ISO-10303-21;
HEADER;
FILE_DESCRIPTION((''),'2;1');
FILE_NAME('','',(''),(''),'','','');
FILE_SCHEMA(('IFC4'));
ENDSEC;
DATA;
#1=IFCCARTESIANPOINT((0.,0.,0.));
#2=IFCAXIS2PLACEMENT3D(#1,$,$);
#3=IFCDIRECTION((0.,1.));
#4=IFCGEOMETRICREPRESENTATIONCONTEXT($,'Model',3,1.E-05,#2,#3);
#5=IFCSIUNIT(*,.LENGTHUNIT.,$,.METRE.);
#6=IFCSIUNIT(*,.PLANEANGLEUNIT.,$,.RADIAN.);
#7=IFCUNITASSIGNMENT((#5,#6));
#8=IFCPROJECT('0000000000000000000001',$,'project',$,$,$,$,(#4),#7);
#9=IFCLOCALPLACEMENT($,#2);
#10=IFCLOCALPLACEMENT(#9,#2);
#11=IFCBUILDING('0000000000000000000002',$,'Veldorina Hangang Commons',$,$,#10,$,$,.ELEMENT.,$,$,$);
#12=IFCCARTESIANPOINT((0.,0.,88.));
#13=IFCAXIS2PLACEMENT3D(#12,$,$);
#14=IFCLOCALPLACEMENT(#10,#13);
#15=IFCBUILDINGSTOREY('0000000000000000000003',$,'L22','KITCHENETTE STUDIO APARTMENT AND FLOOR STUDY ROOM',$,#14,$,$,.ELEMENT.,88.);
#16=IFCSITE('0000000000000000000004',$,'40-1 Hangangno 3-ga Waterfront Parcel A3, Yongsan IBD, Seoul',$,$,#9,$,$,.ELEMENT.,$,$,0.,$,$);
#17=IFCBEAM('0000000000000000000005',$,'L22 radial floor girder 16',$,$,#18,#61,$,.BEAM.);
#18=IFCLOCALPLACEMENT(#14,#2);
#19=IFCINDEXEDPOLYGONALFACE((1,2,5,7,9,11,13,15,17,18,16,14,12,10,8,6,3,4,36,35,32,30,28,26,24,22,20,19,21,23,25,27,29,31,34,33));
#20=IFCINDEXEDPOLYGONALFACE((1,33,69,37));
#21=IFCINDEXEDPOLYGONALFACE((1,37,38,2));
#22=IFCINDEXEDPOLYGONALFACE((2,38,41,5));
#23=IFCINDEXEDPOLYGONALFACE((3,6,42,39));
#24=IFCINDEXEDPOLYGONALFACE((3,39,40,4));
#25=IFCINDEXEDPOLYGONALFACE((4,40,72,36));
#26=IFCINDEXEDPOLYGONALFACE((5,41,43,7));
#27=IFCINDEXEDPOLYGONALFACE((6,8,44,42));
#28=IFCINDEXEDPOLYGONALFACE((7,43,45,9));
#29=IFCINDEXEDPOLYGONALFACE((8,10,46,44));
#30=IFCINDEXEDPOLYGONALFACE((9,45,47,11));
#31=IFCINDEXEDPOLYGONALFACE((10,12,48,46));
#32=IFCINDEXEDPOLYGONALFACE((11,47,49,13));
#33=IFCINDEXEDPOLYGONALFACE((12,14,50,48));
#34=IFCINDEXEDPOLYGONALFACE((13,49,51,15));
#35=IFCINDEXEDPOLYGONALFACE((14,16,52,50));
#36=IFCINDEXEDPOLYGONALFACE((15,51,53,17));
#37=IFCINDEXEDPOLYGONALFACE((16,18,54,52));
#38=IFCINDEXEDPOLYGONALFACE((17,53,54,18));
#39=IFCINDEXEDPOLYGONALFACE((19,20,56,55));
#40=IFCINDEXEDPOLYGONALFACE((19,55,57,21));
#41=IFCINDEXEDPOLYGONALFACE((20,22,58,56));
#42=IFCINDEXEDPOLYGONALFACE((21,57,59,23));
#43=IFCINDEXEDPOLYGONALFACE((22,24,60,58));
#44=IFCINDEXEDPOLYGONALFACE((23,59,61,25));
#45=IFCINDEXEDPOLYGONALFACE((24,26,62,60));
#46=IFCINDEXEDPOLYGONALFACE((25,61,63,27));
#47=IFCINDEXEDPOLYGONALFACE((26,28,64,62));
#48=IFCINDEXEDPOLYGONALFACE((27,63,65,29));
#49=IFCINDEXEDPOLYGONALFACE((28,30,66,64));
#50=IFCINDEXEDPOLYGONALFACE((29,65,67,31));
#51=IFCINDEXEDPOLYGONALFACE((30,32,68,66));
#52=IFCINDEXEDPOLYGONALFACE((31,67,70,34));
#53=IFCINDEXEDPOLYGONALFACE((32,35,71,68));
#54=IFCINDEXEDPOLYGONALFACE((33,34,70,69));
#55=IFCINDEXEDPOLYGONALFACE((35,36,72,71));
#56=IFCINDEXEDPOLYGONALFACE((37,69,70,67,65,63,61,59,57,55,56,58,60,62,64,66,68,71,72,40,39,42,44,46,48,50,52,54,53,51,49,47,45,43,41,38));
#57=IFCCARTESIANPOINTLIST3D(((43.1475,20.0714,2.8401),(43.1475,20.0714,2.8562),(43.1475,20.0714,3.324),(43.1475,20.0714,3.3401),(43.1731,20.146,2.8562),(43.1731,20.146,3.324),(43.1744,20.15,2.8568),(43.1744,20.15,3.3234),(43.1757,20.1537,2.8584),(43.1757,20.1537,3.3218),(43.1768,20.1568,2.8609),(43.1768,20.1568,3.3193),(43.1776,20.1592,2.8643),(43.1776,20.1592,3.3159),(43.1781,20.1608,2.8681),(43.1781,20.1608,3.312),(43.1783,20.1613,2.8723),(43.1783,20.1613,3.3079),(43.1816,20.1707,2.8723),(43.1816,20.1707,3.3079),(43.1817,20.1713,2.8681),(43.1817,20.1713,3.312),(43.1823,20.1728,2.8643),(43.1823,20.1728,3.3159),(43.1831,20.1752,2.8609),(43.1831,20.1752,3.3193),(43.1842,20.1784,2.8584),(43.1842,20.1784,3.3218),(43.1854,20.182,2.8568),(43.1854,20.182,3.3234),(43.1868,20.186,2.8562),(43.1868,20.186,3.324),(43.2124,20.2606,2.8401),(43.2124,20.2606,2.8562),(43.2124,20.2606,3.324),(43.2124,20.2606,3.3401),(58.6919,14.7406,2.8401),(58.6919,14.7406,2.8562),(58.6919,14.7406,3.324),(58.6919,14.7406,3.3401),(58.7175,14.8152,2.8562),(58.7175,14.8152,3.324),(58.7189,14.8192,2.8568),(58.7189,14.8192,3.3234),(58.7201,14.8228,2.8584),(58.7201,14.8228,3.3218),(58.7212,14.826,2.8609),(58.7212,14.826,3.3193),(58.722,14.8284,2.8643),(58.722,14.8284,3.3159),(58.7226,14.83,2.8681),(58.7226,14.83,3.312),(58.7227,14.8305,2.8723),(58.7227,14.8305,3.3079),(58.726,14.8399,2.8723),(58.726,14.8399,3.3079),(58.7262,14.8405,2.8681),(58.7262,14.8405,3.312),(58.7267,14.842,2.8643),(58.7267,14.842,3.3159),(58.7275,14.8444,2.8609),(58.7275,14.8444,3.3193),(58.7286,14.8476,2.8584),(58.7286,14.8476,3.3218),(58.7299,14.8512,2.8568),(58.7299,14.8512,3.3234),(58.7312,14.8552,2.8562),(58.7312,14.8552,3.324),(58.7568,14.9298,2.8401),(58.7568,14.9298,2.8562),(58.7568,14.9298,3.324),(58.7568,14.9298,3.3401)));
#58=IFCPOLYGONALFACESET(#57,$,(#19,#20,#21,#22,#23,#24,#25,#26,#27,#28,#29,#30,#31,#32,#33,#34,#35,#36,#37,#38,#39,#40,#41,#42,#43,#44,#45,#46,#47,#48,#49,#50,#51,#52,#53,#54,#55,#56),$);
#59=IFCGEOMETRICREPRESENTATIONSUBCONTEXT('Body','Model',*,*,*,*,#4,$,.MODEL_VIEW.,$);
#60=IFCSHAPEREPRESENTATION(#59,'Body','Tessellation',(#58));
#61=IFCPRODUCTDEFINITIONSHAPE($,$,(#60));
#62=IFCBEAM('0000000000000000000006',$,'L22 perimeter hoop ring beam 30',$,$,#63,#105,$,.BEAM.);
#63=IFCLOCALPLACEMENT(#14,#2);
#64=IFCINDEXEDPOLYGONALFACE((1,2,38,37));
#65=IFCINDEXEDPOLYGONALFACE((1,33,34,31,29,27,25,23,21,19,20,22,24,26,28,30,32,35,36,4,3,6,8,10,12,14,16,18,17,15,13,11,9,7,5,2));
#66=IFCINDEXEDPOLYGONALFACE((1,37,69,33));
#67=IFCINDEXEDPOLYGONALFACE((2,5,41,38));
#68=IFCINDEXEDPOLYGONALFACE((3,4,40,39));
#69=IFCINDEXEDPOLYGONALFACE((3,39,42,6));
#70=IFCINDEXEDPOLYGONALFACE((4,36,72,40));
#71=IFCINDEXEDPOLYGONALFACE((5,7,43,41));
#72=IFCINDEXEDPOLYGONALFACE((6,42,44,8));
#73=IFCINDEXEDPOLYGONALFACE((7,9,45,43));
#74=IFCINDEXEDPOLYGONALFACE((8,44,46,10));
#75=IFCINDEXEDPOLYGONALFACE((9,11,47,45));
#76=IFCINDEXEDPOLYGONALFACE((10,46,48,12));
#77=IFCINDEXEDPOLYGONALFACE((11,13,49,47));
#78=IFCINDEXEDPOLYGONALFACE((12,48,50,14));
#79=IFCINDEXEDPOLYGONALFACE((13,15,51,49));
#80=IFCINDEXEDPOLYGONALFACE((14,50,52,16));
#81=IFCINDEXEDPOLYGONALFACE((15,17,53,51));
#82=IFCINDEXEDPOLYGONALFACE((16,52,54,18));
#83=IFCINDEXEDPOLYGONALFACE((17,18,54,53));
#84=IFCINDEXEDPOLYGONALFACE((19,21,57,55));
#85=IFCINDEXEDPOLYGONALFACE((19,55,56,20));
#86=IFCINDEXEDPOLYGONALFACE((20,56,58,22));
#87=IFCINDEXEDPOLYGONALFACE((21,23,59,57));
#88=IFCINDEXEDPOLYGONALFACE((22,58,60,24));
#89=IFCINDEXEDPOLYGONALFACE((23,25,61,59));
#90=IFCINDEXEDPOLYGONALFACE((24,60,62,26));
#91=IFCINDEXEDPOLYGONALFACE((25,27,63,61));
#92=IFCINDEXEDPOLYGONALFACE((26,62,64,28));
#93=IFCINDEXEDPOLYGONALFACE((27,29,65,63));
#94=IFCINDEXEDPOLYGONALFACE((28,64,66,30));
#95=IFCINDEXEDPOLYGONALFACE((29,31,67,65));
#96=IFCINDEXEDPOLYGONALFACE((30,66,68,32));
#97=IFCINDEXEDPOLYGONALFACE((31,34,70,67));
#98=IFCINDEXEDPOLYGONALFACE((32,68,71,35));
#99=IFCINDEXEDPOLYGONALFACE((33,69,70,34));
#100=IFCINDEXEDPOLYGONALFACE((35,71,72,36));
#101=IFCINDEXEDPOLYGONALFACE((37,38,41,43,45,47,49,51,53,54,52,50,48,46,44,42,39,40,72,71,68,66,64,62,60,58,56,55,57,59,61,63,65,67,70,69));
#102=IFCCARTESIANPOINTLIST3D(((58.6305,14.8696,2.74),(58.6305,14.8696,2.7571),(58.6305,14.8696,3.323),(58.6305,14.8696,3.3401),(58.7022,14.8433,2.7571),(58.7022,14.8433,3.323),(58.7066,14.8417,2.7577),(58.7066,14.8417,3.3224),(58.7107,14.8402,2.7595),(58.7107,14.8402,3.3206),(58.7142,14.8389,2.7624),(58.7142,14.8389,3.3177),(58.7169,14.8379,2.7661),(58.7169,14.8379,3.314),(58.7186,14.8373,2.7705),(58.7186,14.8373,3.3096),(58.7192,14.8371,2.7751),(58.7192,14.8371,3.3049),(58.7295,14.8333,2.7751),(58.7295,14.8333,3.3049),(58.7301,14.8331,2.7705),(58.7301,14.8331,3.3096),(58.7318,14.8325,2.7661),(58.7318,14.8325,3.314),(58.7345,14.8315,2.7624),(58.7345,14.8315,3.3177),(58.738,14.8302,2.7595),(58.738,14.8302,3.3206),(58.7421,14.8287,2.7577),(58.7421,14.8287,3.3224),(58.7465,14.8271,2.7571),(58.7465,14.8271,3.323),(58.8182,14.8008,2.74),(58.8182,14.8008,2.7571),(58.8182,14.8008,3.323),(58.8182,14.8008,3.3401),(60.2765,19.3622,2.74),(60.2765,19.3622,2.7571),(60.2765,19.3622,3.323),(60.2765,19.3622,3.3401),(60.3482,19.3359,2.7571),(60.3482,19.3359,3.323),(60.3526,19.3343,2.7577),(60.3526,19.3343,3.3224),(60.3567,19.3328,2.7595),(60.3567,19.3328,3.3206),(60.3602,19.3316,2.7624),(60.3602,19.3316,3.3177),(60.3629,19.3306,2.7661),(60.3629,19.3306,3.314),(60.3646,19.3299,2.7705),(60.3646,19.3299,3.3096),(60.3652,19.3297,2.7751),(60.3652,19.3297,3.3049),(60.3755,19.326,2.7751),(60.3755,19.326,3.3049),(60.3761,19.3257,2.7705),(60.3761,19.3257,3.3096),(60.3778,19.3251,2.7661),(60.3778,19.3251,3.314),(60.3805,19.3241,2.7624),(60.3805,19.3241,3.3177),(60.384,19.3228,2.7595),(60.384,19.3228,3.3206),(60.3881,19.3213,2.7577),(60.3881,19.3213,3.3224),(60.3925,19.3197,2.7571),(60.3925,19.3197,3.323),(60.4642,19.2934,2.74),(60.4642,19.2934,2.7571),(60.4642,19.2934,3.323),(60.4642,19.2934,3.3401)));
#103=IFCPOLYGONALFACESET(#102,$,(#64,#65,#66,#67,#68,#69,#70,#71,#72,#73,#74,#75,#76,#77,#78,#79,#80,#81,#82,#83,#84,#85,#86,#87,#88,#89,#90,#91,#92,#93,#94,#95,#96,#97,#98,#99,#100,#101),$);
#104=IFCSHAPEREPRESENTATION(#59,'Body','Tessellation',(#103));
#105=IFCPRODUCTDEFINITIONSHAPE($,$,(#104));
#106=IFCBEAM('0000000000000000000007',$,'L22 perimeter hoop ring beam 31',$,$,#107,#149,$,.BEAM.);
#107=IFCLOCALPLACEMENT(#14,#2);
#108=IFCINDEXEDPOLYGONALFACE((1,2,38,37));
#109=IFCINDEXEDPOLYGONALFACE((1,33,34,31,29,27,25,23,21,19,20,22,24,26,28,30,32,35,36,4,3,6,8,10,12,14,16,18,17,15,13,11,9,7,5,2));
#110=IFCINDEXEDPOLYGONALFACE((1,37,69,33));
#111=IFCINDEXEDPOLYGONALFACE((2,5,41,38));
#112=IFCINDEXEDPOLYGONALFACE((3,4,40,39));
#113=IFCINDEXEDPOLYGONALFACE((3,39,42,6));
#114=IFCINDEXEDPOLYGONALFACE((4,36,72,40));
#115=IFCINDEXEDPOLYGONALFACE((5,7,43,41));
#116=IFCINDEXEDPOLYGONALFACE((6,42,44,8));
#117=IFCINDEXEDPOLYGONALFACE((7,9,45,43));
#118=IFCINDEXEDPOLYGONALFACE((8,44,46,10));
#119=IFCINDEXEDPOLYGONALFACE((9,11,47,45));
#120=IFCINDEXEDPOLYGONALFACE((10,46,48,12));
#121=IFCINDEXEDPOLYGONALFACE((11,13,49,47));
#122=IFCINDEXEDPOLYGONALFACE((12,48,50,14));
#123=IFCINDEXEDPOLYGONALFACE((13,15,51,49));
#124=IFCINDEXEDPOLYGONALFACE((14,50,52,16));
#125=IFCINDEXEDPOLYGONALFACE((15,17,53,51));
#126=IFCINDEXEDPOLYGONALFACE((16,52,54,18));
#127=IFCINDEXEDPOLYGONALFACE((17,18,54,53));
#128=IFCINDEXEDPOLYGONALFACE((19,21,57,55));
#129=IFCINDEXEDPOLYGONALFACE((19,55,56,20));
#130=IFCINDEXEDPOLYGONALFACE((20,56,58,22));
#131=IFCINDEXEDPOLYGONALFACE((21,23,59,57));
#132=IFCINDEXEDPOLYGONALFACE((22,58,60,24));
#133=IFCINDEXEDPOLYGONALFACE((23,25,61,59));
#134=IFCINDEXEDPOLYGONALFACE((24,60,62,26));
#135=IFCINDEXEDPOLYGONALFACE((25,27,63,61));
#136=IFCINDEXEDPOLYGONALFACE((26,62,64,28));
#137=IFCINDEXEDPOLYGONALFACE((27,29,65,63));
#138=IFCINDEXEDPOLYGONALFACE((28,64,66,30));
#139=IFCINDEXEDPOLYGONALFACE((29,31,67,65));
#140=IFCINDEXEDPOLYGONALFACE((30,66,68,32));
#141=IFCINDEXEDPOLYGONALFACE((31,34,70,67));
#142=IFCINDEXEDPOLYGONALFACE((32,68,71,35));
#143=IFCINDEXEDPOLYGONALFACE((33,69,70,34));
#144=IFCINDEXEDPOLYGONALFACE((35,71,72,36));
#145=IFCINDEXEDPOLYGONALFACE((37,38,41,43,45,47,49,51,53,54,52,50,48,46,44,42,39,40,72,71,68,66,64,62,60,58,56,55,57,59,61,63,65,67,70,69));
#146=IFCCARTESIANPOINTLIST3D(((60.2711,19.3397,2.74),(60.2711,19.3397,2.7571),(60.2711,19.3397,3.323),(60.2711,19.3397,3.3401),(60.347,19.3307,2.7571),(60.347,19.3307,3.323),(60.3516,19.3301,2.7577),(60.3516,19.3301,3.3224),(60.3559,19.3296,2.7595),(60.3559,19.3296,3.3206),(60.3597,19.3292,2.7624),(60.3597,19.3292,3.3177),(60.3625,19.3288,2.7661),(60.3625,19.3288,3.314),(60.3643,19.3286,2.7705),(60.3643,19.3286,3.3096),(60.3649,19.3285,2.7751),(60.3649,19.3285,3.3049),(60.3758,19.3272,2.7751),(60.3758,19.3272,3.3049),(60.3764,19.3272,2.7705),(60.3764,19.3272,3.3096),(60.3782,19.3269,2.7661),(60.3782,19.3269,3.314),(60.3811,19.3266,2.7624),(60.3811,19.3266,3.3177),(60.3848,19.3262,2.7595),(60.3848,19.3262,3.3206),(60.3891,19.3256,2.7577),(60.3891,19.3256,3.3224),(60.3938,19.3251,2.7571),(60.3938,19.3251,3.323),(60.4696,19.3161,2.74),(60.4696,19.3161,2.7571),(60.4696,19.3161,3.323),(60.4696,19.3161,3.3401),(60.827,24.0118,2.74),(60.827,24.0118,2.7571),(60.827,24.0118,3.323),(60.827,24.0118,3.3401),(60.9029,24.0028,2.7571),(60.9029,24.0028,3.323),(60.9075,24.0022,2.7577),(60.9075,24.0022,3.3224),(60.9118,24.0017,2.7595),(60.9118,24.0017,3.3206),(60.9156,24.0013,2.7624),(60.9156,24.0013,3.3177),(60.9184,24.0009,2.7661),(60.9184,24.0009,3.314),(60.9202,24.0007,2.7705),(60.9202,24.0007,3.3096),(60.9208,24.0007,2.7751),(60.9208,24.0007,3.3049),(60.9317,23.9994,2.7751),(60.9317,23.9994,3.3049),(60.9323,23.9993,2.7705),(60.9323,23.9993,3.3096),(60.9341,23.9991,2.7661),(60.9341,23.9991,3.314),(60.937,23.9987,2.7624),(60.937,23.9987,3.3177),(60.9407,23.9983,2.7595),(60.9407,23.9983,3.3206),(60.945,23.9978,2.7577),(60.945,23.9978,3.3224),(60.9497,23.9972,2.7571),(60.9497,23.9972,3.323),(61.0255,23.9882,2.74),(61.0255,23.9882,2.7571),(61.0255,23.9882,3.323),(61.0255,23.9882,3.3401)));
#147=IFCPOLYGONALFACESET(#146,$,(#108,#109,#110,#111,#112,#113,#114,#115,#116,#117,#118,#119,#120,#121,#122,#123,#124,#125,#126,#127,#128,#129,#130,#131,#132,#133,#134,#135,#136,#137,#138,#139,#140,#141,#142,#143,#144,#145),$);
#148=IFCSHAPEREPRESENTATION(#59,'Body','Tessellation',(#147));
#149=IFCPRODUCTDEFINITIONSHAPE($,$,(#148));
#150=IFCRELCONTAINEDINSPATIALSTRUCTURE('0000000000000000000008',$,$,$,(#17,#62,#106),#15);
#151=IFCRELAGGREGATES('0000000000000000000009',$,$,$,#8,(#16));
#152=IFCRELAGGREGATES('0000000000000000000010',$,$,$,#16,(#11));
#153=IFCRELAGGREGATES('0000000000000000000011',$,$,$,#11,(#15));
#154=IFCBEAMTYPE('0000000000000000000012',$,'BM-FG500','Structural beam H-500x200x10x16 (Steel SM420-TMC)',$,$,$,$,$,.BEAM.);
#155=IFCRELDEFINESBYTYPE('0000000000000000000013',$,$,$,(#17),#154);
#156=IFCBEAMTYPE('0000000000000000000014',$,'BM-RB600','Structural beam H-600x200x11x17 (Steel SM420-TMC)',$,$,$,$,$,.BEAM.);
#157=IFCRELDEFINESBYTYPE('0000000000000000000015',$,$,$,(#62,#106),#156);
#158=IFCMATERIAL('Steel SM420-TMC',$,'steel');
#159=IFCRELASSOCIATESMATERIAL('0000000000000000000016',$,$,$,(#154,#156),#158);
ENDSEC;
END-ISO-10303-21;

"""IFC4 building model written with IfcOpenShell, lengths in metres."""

from ifc_helpers import new_model, si_unit, direction, frame, origin, origin_2d, place, context, subcontext, project, spatial, i_section, extrude, material, material_profile, profile_set, type_object, element, save


model = new_model("IFC4")

# Units and contexts
model_context = context("Model", 3, precision=1e-05, world=origin(), true_north=direction((0.0, 1.0)))
body_context = subcontext(model_context, "Body", "Model", "MODEL_VIEW")
ifc_project = project(units=[si_unit("LENGTHUNIT", "METRE"), si_unit("PLANEANGLEUNIT", "RADIAN")], contexts=[model_context])

# Site, building, storey
site_placement = place(None, origin())
site = spatial("IfcSite", under=ifc_project, at=site_placement, Name="40-1 Hangangno 3-ga Waterfront Parcel A3, Yongsan IBD, Seoul", CompositionType="ELEMENT", RefElevation=0.0)
building_placement = place(site_placement, origin())
building = spatial("IfcBuilding", under=site, at=building_placement, Name="Veldorina Hangang Commons", CompositionType="ELEMENT")
storey_placement = place(building_placement, frame((0.0, 0.0, 88.0)))
storey = spatial("IfcBuildingStorey", under=building, at=storey_placement, Name="L22", Description="KITCHENETTE STUDIO APARTMENT AND FLOOR STUDY ROOM", CompositionType="ELEMENT", Elevation=88.0)

# Beams
ifc_material_1 = material(Name="Steel SM420-TMC", Category="steel")
ifc_material_profile_1 = material_profile(ifc_material_1, i_section(OverallWidth=0.2, OverallDepth=0.5, WebThickness=0.01, FlangeThickness=0.0161, FilletRadius=0.0161, at=origin_2d()), Name="H-500x200x10x16")
ifc_profile_set_1 = profile_set([ifc_material_profile_1], Name="Steel SM420-TMC")
beam_type_1 = type_object("IfcBeamType", Name="BM-FG500", Description="Structural beam H-500x200x10x16 (Steel SM420-TMC)", PredefinedType="BEAM", material=ifc_profile_set_1)
beam_1_placement = place(storey_placement, frame((43.1799, 20.166, 3.0901), z_axis=(0.945922, -0.324395, 0.0), x_axis=(0.324395, 0.945922, 0.0)))
element("IfcBeam", 1, at=beam_1_placement, inside=storey, type_object=beam_type_1, Name="L22 radial floor girder 16", PredefinedType="BEAM", context=body_context, shape_type="SweptSolid", body=[
    extrude(i_section(OverallWidth=0.2, OverallDepth=0.5, WebThickness=0.01, FlangeThickness=0.0161, FilletRadius=0.0161, at=origin_2d()), origin(), (0.0, 0.0, 1.0), 16.4331),
])
ifc_material_profile_2 = material_profile(ifc_material_1, i_section(OverallWidth=0.2, OverallDepth=0.6001, WebThickness=0.011, FlangeThickness=0.0171, FilletRadius=0.0181, at=origin_2d()), Name="H-600x200x11x17")
ifc_profile_set_2 = profile_set([ifc_material_profile_2], Name="Steel SM420-TMC")
beam_type_2 = type_object("IfcBeamType", Name="BM-RB600", Description="Structural beam H-600x200x11x17 (Steel SM420-TMC)", PredefinedType="BEAM", material=ifc_profile_set_2)
beam_2_placement = place(storey_placement, frame((58.7244, 14.8352, 3.04), z_axis=(0.344012, 0.938965, 0.0), x_axis=(-0.938965, 0.344012, 0.0)))
element("IfcBeam", 2, at=beam_2_placement, inside=storey, type_object=beam_type_2, Name="L22 perimeter hoop ring beam 30", PredefinedType="BEAM", context=body_context, shape_type="SweptSolid", body=[
    extrude(i_section(OverallWidth=0.2, OverallDepth=0.6001, WebThickness=0.011, FlangeThickness=0.0171, FilletRadius=0.0181, at=origin_2d()), origin(), (0.0, 0.0, 1.0), 4.7847),
])
beam_3_placement = place(storey_placement, frame((60.3704, 19.3279, 3.04), z_axis=(0.118151, 0.992996, 0.0), x_axis=(-0.992996, 0.118151, 0.0)))
element("IfcBeam", 3, at=beam_3_placement, inside=storey, type_object=beam_type_2, Name="L22 perimeter hoop ring beam 31", PredefinedType="BEAM", context=body_context, shape_type="SweptSolid", body=[
    extrude(i_section(OverallWidth=0.2, OverallDepth=0.6001, WebThickness=0.011, FlangeThickness=0.0171, FilletRadius=0.0181, at=origin_2d()), origin(), (0.0, 0.0, 1.0), 4.7051),
])

save(model, "model.ifc")
